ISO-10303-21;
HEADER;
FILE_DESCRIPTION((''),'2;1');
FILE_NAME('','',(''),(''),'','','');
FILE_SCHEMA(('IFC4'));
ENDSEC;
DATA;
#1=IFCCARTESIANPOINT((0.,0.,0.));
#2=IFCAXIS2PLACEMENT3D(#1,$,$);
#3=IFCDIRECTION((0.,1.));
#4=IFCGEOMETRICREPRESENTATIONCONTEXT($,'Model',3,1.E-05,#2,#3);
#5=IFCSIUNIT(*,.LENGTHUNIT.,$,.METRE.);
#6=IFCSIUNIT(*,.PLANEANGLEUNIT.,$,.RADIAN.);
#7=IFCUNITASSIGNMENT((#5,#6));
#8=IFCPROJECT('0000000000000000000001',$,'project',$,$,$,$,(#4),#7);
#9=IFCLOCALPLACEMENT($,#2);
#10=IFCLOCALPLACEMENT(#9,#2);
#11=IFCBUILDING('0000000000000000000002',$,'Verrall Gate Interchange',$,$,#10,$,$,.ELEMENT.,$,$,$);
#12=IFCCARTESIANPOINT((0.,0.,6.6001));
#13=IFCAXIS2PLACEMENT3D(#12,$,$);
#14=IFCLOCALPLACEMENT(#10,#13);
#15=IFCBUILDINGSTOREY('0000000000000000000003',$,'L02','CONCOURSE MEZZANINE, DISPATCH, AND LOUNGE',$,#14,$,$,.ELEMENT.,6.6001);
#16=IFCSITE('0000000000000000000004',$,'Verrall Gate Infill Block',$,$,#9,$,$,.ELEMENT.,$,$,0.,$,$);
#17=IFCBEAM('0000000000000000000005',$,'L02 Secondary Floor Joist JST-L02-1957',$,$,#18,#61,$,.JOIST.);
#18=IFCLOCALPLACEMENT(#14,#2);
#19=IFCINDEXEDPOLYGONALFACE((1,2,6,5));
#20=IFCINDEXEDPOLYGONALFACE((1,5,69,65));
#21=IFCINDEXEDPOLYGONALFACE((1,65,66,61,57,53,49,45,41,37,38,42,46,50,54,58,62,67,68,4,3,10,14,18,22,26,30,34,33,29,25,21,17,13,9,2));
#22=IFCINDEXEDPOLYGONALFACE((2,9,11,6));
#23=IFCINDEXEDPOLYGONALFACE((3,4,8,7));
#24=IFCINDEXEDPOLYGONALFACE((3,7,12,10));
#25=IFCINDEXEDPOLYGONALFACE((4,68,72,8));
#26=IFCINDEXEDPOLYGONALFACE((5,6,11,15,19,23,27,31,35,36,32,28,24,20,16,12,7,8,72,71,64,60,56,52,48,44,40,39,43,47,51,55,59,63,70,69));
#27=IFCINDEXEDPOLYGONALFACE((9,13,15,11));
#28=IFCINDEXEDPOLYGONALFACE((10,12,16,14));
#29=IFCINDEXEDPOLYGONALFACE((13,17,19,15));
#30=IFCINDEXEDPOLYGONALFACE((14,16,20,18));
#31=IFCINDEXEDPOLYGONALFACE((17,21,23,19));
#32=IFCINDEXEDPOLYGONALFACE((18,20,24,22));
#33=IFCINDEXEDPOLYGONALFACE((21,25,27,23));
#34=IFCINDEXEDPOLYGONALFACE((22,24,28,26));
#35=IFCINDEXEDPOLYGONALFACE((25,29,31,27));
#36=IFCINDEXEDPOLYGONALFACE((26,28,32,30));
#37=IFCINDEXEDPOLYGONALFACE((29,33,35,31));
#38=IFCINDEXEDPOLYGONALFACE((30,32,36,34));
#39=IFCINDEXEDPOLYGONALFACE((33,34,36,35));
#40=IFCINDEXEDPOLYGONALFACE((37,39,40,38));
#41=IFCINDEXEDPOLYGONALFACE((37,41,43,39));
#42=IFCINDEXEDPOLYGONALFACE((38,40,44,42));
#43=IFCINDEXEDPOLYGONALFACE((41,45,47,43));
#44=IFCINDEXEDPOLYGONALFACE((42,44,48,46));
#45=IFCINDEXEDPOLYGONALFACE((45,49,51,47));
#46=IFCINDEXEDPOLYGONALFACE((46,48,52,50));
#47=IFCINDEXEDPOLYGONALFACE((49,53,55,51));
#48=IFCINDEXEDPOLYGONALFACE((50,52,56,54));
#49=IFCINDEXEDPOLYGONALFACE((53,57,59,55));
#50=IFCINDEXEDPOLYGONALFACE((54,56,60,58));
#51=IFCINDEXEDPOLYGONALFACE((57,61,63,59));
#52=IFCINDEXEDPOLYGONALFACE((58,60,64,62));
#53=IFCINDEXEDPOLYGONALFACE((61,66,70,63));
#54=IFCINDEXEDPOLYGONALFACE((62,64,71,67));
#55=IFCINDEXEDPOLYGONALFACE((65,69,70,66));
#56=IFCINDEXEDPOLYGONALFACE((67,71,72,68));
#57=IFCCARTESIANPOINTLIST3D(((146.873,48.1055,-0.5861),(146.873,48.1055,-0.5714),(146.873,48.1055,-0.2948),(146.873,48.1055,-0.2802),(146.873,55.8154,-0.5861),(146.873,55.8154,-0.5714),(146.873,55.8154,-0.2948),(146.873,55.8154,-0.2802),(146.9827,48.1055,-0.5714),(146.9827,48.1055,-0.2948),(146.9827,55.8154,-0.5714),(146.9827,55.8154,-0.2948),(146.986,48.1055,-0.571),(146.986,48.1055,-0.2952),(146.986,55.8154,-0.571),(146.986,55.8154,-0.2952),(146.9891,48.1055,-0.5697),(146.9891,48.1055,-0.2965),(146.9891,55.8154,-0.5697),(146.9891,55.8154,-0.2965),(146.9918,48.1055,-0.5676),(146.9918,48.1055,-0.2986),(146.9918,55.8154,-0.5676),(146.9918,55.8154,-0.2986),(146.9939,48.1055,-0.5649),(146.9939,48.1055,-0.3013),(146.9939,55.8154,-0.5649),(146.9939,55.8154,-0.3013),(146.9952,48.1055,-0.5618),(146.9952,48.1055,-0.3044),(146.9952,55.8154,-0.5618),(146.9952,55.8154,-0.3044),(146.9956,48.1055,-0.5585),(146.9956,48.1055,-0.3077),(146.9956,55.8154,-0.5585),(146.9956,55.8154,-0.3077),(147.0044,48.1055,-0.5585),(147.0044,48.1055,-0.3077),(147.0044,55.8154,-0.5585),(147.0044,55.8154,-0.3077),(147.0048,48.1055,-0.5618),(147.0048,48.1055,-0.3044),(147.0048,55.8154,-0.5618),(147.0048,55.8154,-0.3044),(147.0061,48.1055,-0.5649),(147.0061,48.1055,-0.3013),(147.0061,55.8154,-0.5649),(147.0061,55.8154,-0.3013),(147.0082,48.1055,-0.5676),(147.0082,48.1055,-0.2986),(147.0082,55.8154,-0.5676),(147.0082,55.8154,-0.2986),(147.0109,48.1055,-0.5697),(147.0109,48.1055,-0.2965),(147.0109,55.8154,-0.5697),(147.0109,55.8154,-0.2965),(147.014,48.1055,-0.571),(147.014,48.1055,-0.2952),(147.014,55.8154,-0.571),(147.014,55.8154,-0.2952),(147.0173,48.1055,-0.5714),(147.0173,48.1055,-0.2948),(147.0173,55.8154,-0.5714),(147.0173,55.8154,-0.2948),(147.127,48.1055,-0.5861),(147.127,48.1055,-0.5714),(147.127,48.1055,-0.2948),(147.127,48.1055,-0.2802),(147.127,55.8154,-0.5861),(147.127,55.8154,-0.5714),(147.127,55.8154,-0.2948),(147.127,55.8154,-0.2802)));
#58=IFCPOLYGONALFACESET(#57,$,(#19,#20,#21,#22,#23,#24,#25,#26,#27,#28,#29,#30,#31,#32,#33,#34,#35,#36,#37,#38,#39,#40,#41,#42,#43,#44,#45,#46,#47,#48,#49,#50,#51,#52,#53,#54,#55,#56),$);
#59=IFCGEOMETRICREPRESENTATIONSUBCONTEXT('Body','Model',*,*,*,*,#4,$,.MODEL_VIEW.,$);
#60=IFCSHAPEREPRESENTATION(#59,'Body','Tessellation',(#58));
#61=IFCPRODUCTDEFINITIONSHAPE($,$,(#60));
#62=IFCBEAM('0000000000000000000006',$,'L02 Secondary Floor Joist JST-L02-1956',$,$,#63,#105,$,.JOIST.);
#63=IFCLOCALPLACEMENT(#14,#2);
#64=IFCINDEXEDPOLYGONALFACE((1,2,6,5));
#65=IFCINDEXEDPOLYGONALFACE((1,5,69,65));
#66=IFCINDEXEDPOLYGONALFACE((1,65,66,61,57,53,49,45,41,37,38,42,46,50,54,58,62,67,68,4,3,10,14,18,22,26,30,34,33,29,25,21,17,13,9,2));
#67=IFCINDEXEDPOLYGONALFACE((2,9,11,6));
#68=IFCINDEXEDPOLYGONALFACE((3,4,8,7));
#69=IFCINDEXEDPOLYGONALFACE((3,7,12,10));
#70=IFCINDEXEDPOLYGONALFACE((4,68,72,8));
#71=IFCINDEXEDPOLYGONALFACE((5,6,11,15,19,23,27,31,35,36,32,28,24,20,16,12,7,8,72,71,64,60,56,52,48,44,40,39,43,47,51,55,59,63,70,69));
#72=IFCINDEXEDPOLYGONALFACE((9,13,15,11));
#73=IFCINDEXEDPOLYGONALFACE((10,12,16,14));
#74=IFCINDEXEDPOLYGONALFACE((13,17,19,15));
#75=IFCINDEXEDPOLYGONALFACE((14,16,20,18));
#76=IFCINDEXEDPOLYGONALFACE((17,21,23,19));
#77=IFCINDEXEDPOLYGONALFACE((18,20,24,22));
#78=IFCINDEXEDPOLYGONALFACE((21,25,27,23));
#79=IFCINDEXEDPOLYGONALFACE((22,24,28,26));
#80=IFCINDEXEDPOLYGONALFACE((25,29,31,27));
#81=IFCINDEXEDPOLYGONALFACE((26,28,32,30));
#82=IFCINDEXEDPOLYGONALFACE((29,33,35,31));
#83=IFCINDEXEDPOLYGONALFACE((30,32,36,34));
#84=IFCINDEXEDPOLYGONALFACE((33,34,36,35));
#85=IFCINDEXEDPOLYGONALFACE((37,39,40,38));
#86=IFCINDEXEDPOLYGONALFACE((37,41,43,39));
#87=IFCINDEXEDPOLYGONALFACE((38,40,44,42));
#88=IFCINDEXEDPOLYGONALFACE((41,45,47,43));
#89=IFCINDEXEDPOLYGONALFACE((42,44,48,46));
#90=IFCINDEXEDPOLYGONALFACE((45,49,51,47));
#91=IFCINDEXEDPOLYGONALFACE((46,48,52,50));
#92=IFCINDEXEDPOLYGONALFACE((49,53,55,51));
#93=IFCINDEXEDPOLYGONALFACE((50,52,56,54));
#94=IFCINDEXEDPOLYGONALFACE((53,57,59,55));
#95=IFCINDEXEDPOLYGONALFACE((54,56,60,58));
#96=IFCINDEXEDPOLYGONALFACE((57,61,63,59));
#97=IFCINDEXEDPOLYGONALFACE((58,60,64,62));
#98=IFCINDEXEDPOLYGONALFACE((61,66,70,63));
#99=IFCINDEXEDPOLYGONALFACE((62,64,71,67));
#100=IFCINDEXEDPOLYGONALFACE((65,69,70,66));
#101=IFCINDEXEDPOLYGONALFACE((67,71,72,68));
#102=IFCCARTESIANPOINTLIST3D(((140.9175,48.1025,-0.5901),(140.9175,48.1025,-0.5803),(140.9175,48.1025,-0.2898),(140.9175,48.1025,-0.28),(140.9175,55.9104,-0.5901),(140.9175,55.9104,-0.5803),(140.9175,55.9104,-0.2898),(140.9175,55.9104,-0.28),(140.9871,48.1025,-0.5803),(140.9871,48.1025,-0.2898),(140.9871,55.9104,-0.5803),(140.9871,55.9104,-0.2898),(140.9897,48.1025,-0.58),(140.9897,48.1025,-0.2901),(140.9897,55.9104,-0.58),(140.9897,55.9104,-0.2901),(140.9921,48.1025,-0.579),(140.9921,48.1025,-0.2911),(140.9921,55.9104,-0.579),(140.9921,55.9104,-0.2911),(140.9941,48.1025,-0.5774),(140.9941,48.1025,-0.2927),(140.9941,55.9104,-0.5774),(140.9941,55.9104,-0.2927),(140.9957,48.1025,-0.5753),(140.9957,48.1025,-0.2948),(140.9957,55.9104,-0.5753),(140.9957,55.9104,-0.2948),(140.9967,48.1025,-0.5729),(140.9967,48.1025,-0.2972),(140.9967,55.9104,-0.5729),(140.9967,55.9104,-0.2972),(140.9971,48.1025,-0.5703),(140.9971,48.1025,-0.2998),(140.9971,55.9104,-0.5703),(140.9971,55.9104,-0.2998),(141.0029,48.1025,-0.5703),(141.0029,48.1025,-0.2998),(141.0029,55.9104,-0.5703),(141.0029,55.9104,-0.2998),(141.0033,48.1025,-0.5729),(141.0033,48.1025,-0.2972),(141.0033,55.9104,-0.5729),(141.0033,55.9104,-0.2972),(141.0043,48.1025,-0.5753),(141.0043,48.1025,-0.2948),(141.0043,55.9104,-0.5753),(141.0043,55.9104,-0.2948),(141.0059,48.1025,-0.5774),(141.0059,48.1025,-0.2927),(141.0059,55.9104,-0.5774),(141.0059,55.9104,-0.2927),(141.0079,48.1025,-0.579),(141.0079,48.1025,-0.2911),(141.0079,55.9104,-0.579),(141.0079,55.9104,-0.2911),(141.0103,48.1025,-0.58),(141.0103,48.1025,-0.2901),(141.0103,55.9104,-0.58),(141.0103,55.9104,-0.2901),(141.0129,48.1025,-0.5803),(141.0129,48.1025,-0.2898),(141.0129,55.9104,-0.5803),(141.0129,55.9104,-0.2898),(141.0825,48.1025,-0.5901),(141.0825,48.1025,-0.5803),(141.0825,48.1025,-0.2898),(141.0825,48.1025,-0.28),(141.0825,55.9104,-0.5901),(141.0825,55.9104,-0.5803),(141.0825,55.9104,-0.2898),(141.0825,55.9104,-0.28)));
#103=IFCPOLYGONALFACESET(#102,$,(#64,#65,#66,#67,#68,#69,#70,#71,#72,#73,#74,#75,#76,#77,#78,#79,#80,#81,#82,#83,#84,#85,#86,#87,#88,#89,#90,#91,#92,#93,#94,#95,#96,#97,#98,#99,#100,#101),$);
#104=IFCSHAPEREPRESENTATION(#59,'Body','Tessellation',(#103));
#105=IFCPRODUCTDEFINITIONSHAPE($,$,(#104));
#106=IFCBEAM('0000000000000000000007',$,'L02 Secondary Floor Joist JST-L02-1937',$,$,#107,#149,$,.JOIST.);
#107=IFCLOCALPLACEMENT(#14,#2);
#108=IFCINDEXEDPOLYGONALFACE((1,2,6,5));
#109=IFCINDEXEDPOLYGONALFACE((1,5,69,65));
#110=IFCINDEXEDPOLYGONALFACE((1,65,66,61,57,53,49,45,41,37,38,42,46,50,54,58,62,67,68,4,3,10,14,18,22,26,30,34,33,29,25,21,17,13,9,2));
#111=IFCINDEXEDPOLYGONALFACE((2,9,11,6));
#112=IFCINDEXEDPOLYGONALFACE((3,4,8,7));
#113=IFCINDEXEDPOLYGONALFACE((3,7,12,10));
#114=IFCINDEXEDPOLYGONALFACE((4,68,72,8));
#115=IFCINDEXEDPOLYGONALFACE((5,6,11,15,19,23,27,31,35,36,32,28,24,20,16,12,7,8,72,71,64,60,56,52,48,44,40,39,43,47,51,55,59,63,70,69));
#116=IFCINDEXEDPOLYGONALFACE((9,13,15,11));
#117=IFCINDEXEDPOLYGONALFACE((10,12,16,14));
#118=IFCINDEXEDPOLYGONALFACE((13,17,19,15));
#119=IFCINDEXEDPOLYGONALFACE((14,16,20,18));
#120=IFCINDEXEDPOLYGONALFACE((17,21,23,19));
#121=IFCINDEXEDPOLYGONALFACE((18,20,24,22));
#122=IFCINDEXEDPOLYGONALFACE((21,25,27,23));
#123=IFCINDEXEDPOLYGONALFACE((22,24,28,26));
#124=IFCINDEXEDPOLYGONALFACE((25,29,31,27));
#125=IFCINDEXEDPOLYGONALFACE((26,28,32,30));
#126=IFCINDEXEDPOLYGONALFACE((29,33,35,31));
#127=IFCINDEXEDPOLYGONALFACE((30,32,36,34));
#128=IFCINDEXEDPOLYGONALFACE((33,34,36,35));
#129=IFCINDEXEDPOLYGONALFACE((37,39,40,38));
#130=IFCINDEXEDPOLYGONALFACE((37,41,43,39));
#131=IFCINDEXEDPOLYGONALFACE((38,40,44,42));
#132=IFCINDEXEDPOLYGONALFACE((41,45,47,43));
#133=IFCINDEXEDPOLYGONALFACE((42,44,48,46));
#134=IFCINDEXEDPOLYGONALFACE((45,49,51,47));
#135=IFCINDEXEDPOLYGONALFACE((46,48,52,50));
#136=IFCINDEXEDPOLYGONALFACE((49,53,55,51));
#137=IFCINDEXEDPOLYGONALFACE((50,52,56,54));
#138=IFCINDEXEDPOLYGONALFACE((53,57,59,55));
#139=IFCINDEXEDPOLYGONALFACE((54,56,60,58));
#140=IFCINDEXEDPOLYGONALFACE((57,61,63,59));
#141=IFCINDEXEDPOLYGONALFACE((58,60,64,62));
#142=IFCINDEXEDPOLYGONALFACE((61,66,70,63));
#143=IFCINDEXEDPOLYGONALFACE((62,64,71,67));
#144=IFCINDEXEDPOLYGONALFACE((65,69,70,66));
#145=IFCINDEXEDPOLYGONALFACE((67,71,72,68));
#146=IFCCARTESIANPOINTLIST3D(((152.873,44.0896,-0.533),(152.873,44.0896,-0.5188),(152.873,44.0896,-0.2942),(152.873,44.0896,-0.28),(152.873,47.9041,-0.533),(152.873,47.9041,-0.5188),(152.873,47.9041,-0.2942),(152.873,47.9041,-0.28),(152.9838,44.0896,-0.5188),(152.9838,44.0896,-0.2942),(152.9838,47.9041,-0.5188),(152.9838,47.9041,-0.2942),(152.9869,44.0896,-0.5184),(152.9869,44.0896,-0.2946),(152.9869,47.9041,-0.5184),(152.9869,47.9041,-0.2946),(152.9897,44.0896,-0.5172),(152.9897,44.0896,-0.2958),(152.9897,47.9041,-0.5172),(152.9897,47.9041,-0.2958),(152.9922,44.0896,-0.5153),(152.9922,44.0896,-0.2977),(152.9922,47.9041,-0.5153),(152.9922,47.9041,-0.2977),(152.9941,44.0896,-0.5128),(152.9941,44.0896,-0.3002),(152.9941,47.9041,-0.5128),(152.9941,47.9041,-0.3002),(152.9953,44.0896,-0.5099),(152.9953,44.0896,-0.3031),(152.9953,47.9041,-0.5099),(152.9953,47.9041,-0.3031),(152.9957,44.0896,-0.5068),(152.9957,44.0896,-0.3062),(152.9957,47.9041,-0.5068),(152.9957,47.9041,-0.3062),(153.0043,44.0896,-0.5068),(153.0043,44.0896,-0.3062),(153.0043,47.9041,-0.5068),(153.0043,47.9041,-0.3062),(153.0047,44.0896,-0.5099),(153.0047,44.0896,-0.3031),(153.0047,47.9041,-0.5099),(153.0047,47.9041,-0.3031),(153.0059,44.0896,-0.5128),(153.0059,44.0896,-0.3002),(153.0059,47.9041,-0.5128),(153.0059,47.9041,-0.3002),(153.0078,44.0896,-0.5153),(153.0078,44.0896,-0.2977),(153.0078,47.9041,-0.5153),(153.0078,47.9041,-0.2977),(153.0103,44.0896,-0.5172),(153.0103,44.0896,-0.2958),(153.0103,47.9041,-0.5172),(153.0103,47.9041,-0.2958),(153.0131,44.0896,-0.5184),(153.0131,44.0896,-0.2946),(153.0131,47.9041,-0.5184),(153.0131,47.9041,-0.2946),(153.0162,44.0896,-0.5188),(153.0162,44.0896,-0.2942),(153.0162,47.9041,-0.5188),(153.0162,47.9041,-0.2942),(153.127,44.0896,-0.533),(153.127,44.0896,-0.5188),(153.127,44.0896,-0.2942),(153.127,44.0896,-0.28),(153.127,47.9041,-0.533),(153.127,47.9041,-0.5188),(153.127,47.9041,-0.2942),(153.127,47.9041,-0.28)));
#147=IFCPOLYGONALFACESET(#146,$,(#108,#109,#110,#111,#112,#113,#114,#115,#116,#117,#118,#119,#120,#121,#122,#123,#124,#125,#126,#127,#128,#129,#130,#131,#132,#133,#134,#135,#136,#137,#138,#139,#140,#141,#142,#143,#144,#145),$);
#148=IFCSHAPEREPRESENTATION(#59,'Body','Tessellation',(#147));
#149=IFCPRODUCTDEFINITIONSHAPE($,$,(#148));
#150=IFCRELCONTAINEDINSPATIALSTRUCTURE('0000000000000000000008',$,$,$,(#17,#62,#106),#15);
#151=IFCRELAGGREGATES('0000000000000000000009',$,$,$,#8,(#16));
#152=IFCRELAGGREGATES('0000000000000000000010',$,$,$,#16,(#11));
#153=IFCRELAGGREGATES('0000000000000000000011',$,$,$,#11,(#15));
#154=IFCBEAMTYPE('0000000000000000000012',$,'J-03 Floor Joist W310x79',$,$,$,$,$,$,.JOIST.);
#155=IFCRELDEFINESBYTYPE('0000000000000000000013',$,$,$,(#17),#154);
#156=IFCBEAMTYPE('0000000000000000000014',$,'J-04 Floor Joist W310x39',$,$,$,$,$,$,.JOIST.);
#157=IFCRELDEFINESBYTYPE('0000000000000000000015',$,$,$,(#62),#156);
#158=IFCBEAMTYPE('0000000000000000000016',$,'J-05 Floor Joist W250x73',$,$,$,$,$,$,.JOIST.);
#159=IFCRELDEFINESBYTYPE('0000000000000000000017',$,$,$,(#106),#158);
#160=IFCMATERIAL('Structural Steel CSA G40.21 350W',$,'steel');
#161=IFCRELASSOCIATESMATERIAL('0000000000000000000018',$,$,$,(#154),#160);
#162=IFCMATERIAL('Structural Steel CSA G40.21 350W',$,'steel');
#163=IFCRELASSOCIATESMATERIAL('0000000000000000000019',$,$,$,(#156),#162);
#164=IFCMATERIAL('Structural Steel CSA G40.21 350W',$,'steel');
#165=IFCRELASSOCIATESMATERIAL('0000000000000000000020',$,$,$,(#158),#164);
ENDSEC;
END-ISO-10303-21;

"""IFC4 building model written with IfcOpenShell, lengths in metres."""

from ifc_helpers import new_model, si_unit, direction, frame, origin, origin_2d, place, context, subcontext, project, spatial, i_section, extrude, material, material_profile, profile_set, type_object, element, save


model = new_model("IFC4")

# Units and contexts
model_context = context("Model", 3, precision=1e-05, world=origin(), true_north=direction((0.0, 1.0)))
body_context = subcontext(model_context, "Body", "Model", "MODEL_VIEW")
ifc_project = project(units=[si_unit("LENGTHUNIT", "METRE"), si_unit("PLANEANGLEUNIT", "RADIAN")], contexts=[model_context])

# Site, building, storey
site_placement = place(None, origin())
site = spatial("IfcSite", under=ifc_project, at=site_placement, Name="Verrall Gate Infill Block", CompositionType="ELEMENT", RefElevation=0.0)
building_placement = place(site_placement, origin())
building = spatial("IfcBuilding", under=site, at=building_placement, Name="Verrall Gate Interchange", CompositionType="ELEMENT")
storey_placement = place(building_placement, frame((0.0, 0.0, 6.6001)))
storey = spatial("IfcBuildingStorey", under=building, at=storey_placement, Name="L02", Description="CONCOURSE MEZZANINE, DISPATCH, AND LOUNGE", CompositionType="ELEMENT", Elevation=6.6001)

# Beams
ifc_material_1 = material(Name="Structural Steel CSA G40.21 350W", Category="steel")
ifc_material_profile_1 = material_profile(ifc_material_1, i_section(OverallWidth=0.2539, OverallDepth=0.3059, WebThickness=0.0088, FlangeThickness=0.0146, FilletRadius=0.0129, at=origin_2d()), Name="W310x79")
ifc_profile_set_1 = profile_set([ifc_material_profile_1], Name="Structural Steel CSA G40.21 350W")
beam_type_1 = type_object("IfcBeamType", Name="J-03 Floor Joist W310x79", PredefinedType="JOIST", material=ifc_profile_set_1)
beam_1_placement = place(storey_placement, frame((147.0, 48.1055, -0.4331), z_axis=(0.0, 1.0, 0.0), x_axis=(-1.0, 0.0, 0.0)))
element("IfcBeam", 1, at=beam_1_placement, inside=storey, type_object=beam_type_1, Name="L02 Secondary Floor Joist JST-L02-1957", PredefinedType="JOIST", context=body_context, shape_type="SweptSolid", body=[
    extrude(i_section(OverallWidth=0.2539, OverallDepth=0.3059, WebThickness=0.0088, FlangeThickness=0.0146, FilletRadius=0.0129, at=origin_2d()), origin(), (0.0, 0.0, 1.0), 7.71),
])
ifc_material_2 = material(Name="Structural Steel CSA G40.21 350W", Category="steel")
ifc_material_profile_2 = material_profile(ifc_material_2, i_section(OverallWidth=0.165, OverallDepth=0.3101, WebThickness=0.0059, FlangeThickness=0.0098, FilletRadius=0.01, at=origin_2d()), Name="W310x39")
ifc_profile_set_2 = profile_set([ifc_material_profile_2], Name="Structural Steel CSA G40.21 350W")
beam_type_2 = type_object("IfcBeamType", Name="J-04 Floor Joist W310x39", PredefinedType="JOIST", material=ifc_profile_set_2)
beam_2_placement = place(storey_placement, frame((141.0, 48.1025, -0.4351), z_axis=(0.0, 1.0, 0.0), x_axis=(-1.0, 0.0, 0.0)))
element("IfcBeam", 2, at=beam_2_placement, inside=storey, type_object=beam_type_2, Name="L02 Secondary Floor Joist JST-L02-1956", PredefinedType="JOIST", context=body_context, shape_type="SweptSolid", body=[
    extrude(i_section(OverallWidth=0.165, OverallDepth=0.3101, WebThickness=0.0059, FlangeThickness=0.0098, FilletRadius=0.01, at=origin_2d()), origin(), (0.0, 0.0, 1.0), 7.8079),
])
ifc_material_3 = material(Name="Structural Steel CSA G40.21 350W", Category="steel")
ifc_material_profile_3 = material_profile(ifc_material_3, i_section(OverallWidth=0.2539, OverallDepth=0.2529, WebThickness=0.0085, FlangeThickness=0.0142, FilletRadius=0.012, at=origin_2d()), Name="W250x73")
ifc_profile_set_3 = profile_set([ifc_material_profile_3], Name="Structural Steel CSA G40.21 350W")
beam_type_3 = type_object("IfcBeamType", Name="J-05 Floor Joist W250x73", PredefinedType="JOIST", material=ifc_profile_set_3)
beam_3_placement = place(storey_placement, frame((153.0, 44.0896, -0.4065), z_axis=(0.0, 1.0, 0.0), x_axis=(-1.0, 0.0, 0.0)))
element("IfcBeam", 3, at=beam_3_placement, inside=storey, type_object=beam_type_3, Name="L02 Secondary Floor Joist JST-L02-1937", PredefinedType="JOIST", context=body_context, shape_type="SweptSolid", body=[
    extrude(i_section(OverallWidth=0.2539, OverallDepth=0.2529, WebThickness=0.0085, FlangeThickness=0.0142, FilletRadius=0.012, at=origin_2d()), origin(), (0.0, 0.0, 1.0), 3.8145),
])

save(model, "model.ifc")
